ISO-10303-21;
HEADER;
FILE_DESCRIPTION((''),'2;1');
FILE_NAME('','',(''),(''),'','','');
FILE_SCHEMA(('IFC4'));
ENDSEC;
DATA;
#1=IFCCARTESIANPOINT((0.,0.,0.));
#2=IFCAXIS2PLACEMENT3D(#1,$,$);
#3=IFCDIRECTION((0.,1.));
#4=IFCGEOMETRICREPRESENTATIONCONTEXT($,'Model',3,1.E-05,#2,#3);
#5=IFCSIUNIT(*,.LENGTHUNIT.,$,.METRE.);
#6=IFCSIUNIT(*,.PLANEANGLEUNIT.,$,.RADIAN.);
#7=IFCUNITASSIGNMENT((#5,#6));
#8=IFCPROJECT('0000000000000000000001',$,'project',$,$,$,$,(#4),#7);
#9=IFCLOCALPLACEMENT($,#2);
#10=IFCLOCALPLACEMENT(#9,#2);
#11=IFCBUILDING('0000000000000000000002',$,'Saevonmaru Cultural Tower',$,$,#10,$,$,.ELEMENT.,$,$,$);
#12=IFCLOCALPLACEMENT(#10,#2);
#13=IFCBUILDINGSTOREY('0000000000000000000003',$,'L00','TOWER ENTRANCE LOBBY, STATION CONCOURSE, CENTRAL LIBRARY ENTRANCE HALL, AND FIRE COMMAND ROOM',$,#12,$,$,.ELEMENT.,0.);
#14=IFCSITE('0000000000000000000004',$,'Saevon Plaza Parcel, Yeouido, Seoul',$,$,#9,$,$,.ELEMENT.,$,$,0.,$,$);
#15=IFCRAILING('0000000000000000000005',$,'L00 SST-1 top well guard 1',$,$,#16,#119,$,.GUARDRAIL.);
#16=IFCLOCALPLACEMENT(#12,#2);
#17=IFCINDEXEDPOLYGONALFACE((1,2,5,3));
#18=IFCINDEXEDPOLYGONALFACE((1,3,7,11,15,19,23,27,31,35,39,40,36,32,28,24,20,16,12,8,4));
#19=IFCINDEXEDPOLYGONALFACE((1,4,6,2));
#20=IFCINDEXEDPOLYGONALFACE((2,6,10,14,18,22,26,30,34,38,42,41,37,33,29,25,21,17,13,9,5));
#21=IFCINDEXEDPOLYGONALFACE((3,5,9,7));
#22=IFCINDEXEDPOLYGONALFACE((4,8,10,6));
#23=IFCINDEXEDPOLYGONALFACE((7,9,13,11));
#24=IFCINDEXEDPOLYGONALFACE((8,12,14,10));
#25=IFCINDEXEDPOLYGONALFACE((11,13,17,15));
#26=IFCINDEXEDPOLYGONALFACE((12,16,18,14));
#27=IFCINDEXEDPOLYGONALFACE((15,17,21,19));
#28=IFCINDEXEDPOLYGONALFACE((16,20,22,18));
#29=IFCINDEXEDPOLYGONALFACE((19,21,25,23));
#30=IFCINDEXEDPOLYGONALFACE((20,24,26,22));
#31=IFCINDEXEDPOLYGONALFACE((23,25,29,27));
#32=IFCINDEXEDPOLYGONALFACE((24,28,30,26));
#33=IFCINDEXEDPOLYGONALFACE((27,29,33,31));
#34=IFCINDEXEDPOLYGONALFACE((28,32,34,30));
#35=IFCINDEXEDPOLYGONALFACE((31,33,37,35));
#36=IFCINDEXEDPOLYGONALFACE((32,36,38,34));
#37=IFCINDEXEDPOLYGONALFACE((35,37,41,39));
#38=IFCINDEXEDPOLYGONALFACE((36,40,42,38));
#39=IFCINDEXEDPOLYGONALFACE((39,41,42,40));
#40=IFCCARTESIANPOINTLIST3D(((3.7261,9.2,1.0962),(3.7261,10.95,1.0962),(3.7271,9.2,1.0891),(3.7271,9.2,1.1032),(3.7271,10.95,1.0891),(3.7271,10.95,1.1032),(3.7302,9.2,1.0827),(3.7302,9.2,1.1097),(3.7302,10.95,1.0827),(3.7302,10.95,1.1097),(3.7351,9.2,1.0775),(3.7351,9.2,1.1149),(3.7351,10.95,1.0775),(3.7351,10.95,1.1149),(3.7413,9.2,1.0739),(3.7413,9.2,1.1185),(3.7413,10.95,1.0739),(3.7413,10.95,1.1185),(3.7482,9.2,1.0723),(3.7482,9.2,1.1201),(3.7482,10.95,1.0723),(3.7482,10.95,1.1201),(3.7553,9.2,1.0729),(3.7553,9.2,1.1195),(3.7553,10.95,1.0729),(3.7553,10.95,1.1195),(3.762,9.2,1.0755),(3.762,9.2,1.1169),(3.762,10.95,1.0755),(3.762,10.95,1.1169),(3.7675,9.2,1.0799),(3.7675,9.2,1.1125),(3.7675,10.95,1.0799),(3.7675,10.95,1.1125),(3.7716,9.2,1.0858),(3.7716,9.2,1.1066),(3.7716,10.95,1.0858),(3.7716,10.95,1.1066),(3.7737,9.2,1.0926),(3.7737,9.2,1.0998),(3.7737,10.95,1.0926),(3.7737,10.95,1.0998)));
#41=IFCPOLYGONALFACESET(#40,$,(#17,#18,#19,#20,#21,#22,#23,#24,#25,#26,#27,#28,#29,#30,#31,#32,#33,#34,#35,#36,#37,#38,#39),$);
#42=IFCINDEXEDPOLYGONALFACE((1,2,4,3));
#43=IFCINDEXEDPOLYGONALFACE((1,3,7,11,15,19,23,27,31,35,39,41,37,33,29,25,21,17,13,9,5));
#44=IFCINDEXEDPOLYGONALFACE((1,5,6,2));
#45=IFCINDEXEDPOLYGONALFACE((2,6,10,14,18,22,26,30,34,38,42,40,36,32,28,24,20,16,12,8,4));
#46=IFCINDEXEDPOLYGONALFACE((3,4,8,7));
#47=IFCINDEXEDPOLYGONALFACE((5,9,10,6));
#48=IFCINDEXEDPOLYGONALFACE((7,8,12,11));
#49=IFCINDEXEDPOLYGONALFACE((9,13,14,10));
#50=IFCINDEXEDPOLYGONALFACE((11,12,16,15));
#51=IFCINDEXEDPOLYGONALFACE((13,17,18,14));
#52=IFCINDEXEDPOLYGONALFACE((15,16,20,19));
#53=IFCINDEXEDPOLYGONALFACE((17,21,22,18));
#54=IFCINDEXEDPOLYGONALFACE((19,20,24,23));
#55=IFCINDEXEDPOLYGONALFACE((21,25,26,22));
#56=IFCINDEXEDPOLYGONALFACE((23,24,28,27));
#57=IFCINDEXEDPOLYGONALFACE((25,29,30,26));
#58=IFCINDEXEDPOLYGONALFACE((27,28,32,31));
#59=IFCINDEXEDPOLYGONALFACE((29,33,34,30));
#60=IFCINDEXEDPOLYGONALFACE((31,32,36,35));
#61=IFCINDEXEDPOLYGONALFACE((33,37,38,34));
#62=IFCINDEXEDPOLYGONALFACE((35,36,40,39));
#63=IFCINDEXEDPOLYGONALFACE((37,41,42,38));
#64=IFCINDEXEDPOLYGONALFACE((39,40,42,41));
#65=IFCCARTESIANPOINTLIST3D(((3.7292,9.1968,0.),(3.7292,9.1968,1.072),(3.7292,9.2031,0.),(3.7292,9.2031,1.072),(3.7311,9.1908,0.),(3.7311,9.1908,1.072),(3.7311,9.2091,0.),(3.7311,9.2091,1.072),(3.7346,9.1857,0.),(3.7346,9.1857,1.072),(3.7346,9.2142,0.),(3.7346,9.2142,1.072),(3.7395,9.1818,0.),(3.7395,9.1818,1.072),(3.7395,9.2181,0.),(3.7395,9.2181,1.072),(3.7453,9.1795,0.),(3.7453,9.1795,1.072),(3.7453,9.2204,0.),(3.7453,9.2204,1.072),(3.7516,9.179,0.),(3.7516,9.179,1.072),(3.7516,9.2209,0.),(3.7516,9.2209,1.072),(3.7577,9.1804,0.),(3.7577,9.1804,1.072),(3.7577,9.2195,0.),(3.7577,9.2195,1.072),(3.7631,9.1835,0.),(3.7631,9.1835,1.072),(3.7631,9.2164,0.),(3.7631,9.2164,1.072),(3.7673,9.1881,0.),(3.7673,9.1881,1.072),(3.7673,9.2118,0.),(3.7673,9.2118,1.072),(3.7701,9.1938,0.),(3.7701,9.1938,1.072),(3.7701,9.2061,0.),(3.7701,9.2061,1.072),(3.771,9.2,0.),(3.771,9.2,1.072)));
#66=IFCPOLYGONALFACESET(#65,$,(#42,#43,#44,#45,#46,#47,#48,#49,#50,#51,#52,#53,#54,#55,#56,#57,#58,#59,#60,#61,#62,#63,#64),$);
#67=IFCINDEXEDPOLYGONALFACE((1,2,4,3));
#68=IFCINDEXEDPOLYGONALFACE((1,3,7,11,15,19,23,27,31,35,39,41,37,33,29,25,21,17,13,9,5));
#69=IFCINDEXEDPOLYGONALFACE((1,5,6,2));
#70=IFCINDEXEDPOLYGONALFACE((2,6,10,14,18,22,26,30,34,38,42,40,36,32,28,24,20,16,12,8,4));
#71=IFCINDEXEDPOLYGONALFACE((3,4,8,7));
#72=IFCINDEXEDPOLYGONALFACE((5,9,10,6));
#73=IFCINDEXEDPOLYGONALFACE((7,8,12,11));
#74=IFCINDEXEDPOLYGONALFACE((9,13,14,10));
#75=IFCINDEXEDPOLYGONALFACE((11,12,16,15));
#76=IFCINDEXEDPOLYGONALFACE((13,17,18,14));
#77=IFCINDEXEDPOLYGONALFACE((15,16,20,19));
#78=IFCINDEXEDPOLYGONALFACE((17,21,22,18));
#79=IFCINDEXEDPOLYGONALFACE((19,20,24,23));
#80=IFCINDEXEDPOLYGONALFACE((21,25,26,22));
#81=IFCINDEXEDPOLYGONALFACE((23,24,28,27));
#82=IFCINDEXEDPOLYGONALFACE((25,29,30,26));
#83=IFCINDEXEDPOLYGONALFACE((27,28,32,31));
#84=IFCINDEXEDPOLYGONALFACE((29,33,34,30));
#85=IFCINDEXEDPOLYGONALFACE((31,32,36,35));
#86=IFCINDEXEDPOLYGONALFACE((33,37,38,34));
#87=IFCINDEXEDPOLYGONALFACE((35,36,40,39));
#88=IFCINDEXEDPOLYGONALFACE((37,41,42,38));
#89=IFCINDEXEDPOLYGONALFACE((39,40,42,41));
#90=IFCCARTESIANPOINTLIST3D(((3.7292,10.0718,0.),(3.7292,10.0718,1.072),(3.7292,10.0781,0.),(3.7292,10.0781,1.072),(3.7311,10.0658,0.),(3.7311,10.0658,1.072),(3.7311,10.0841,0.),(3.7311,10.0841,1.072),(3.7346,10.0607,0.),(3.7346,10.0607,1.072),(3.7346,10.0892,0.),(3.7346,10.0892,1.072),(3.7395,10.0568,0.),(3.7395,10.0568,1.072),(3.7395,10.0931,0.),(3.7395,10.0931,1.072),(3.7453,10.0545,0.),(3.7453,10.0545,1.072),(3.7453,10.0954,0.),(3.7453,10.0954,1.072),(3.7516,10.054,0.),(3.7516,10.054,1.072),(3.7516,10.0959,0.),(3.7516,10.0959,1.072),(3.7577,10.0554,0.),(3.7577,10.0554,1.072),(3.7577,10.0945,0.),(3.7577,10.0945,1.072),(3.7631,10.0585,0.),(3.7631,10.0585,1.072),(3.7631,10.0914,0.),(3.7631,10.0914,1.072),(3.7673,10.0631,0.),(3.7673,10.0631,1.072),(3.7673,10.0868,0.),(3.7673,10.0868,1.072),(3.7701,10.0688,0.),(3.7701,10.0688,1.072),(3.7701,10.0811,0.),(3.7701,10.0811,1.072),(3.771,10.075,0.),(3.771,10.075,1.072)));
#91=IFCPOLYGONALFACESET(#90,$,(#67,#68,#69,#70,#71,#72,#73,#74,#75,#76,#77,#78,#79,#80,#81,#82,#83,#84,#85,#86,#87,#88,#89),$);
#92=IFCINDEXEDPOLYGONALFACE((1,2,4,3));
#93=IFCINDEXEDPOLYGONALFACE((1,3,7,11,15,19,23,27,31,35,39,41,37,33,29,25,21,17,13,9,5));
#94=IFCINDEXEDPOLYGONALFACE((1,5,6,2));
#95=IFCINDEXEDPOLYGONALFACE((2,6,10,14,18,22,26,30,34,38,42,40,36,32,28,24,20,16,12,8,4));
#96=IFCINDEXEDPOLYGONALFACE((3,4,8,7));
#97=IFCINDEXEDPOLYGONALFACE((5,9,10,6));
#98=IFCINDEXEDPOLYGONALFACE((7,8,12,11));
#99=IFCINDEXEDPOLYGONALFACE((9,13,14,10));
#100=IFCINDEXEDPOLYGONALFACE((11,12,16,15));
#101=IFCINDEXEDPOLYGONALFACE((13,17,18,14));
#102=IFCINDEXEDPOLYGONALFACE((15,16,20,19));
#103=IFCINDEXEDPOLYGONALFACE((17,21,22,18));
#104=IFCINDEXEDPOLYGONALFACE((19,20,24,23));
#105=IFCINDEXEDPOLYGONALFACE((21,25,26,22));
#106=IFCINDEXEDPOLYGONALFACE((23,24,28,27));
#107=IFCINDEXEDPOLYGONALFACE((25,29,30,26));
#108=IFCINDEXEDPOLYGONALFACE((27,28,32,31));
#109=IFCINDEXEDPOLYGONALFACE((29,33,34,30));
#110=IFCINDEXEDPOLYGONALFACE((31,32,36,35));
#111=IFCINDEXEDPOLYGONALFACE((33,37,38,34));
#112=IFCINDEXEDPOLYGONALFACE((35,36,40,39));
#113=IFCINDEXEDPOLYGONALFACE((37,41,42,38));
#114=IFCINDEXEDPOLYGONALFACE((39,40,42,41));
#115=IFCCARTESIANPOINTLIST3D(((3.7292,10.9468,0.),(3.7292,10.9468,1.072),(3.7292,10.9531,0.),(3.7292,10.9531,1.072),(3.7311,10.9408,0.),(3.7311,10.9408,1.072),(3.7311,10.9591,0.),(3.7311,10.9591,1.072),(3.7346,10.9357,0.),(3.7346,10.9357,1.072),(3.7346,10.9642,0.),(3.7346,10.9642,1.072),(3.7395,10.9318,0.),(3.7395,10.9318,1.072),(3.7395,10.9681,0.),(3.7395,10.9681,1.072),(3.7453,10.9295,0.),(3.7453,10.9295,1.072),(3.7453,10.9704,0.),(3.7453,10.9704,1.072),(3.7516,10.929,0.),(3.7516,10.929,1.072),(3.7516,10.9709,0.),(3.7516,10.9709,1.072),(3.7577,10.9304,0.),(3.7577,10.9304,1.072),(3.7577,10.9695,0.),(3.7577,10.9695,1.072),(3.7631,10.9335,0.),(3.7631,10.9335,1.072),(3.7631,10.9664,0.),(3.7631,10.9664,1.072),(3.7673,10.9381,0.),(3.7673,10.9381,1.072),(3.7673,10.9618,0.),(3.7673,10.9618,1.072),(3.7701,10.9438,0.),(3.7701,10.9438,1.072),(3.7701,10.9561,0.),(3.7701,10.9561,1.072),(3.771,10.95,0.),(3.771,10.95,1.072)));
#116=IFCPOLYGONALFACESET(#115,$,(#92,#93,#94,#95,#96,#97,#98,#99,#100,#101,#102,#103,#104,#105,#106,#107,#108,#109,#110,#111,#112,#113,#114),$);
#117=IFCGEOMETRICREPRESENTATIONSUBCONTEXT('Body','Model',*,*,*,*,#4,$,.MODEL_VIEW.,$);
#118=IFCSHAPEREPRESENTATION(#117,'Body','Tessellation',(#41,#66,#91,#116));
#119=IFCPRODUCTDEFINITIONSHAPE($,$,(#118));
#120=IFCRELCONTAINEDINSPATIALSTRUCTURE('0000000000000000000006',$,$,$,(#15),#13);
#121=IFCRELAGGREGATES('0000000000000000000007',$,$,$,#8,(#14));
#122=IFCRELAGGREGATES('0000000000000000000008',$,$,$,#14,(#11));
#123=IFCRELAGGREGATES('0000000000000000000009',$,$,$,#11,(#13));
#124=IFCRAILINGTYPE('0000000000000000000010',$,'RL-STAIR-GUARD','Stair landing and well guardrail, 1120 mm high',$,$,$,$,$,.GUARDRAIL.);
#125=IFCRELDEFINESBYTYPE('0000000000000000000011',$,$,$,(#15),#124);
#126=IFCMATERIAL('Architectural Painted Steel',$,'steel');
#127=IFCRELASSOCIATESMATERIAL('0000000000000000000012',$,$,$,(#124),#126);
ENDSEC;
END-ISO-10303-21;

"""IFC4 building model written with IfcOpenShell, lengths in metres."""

from ifc_helpers import new_model, si_unit, direction, frame, origin, origin_2d, place, context, subcontext, project, spatial, circle, extrude, material, type_object, element, save


model = new_model("IFC4")

# Units and contexts
model_context = context("Model", 3, precision=1e-05, world=origin(), true_north=direction((0.0, 1.0)))
body_context = subcontext(model_context, "Body", "Model", "MODEL_VIEW")
ifc_project = project(units=[si_unit("LENGTHUNIT", "METRE"), si_unit("PLANEANGLEUNIT", "RADIAN")], contexts=[model_context])

# Site, building, storey
site_placement = place(None, origin())
site = spatial("IfcSite", under=ifc_project, at=site_placement, Name="Saevon Plaza Parcel, Yeouido, Seoul", CompositionType="ELEMENT", RefElevation=0.0)
building_placement = place(site_placement, origin())
building = spatial("IfcBuilding", under=site, at=building_placement, Name="Saevonmaru Cultural Tower", CompositionType="ELEMENT")
storey_placement = place(building_placement, origin())
storey = spatial("IfcBuildingStorey", under=building, at=storey_placement, Name="L00", Description="TOWER ENTRANCE LOBBY, STATION CONCOURSE, CENTRAL LIBRARY ENTRANCE HALL, AND FIRE COMMAND ROOM", CompositionType="ELEMENT", Elevation=0.0)

# Railing
ifc_material_1 = material(Name="Architectural Painted Steel", Category="steel")
railing_type = type_object("IfcRailingType", Name="RL-STAIR-GUARD", Description="Stair landing and well guardrail, 1120 mm high", PredefinedType="GUARDRAIL", material=ifc_material_1)
railing_placement = place(storey_placement, frame((3.75, 9.2, 0.0)))
element("IfcRailing", 1, at=railing_placement, inside=storey, type_object=railing_type, Name="L00 SST-1 top well guard 1", PredefinedType="GUARDRAIL", context=body_context, shape_type="SweptSolid", body=[
    extrude(circle(Radius=0.0239, at=origin_2d()), frame((0.0, 0.0, 1.0962), z_axis=(0.0, 1.0, 0.0), x_axis=(-1.0, 0.0, 0.0)), (0.0, 0.0, 1.0), 1.75),
    extrude(circle(Radius=0.021, at=origin_2d()), origin(), (0.0, 0.0, 1.0), 1.072),
    extrude(circle(Radius=0.021, at=origin_2d()), frame((0.0, 0.875, 0.0)), (0.0, 0.0, 1.0), 1.072),
    extrude(circle(Radius=0.021, at=origin_2d()), frame((0.0, 1.75, 0.0)), (0.0, 0.0, 1.0), 1.072),
])

save(model, "model.ifc")
